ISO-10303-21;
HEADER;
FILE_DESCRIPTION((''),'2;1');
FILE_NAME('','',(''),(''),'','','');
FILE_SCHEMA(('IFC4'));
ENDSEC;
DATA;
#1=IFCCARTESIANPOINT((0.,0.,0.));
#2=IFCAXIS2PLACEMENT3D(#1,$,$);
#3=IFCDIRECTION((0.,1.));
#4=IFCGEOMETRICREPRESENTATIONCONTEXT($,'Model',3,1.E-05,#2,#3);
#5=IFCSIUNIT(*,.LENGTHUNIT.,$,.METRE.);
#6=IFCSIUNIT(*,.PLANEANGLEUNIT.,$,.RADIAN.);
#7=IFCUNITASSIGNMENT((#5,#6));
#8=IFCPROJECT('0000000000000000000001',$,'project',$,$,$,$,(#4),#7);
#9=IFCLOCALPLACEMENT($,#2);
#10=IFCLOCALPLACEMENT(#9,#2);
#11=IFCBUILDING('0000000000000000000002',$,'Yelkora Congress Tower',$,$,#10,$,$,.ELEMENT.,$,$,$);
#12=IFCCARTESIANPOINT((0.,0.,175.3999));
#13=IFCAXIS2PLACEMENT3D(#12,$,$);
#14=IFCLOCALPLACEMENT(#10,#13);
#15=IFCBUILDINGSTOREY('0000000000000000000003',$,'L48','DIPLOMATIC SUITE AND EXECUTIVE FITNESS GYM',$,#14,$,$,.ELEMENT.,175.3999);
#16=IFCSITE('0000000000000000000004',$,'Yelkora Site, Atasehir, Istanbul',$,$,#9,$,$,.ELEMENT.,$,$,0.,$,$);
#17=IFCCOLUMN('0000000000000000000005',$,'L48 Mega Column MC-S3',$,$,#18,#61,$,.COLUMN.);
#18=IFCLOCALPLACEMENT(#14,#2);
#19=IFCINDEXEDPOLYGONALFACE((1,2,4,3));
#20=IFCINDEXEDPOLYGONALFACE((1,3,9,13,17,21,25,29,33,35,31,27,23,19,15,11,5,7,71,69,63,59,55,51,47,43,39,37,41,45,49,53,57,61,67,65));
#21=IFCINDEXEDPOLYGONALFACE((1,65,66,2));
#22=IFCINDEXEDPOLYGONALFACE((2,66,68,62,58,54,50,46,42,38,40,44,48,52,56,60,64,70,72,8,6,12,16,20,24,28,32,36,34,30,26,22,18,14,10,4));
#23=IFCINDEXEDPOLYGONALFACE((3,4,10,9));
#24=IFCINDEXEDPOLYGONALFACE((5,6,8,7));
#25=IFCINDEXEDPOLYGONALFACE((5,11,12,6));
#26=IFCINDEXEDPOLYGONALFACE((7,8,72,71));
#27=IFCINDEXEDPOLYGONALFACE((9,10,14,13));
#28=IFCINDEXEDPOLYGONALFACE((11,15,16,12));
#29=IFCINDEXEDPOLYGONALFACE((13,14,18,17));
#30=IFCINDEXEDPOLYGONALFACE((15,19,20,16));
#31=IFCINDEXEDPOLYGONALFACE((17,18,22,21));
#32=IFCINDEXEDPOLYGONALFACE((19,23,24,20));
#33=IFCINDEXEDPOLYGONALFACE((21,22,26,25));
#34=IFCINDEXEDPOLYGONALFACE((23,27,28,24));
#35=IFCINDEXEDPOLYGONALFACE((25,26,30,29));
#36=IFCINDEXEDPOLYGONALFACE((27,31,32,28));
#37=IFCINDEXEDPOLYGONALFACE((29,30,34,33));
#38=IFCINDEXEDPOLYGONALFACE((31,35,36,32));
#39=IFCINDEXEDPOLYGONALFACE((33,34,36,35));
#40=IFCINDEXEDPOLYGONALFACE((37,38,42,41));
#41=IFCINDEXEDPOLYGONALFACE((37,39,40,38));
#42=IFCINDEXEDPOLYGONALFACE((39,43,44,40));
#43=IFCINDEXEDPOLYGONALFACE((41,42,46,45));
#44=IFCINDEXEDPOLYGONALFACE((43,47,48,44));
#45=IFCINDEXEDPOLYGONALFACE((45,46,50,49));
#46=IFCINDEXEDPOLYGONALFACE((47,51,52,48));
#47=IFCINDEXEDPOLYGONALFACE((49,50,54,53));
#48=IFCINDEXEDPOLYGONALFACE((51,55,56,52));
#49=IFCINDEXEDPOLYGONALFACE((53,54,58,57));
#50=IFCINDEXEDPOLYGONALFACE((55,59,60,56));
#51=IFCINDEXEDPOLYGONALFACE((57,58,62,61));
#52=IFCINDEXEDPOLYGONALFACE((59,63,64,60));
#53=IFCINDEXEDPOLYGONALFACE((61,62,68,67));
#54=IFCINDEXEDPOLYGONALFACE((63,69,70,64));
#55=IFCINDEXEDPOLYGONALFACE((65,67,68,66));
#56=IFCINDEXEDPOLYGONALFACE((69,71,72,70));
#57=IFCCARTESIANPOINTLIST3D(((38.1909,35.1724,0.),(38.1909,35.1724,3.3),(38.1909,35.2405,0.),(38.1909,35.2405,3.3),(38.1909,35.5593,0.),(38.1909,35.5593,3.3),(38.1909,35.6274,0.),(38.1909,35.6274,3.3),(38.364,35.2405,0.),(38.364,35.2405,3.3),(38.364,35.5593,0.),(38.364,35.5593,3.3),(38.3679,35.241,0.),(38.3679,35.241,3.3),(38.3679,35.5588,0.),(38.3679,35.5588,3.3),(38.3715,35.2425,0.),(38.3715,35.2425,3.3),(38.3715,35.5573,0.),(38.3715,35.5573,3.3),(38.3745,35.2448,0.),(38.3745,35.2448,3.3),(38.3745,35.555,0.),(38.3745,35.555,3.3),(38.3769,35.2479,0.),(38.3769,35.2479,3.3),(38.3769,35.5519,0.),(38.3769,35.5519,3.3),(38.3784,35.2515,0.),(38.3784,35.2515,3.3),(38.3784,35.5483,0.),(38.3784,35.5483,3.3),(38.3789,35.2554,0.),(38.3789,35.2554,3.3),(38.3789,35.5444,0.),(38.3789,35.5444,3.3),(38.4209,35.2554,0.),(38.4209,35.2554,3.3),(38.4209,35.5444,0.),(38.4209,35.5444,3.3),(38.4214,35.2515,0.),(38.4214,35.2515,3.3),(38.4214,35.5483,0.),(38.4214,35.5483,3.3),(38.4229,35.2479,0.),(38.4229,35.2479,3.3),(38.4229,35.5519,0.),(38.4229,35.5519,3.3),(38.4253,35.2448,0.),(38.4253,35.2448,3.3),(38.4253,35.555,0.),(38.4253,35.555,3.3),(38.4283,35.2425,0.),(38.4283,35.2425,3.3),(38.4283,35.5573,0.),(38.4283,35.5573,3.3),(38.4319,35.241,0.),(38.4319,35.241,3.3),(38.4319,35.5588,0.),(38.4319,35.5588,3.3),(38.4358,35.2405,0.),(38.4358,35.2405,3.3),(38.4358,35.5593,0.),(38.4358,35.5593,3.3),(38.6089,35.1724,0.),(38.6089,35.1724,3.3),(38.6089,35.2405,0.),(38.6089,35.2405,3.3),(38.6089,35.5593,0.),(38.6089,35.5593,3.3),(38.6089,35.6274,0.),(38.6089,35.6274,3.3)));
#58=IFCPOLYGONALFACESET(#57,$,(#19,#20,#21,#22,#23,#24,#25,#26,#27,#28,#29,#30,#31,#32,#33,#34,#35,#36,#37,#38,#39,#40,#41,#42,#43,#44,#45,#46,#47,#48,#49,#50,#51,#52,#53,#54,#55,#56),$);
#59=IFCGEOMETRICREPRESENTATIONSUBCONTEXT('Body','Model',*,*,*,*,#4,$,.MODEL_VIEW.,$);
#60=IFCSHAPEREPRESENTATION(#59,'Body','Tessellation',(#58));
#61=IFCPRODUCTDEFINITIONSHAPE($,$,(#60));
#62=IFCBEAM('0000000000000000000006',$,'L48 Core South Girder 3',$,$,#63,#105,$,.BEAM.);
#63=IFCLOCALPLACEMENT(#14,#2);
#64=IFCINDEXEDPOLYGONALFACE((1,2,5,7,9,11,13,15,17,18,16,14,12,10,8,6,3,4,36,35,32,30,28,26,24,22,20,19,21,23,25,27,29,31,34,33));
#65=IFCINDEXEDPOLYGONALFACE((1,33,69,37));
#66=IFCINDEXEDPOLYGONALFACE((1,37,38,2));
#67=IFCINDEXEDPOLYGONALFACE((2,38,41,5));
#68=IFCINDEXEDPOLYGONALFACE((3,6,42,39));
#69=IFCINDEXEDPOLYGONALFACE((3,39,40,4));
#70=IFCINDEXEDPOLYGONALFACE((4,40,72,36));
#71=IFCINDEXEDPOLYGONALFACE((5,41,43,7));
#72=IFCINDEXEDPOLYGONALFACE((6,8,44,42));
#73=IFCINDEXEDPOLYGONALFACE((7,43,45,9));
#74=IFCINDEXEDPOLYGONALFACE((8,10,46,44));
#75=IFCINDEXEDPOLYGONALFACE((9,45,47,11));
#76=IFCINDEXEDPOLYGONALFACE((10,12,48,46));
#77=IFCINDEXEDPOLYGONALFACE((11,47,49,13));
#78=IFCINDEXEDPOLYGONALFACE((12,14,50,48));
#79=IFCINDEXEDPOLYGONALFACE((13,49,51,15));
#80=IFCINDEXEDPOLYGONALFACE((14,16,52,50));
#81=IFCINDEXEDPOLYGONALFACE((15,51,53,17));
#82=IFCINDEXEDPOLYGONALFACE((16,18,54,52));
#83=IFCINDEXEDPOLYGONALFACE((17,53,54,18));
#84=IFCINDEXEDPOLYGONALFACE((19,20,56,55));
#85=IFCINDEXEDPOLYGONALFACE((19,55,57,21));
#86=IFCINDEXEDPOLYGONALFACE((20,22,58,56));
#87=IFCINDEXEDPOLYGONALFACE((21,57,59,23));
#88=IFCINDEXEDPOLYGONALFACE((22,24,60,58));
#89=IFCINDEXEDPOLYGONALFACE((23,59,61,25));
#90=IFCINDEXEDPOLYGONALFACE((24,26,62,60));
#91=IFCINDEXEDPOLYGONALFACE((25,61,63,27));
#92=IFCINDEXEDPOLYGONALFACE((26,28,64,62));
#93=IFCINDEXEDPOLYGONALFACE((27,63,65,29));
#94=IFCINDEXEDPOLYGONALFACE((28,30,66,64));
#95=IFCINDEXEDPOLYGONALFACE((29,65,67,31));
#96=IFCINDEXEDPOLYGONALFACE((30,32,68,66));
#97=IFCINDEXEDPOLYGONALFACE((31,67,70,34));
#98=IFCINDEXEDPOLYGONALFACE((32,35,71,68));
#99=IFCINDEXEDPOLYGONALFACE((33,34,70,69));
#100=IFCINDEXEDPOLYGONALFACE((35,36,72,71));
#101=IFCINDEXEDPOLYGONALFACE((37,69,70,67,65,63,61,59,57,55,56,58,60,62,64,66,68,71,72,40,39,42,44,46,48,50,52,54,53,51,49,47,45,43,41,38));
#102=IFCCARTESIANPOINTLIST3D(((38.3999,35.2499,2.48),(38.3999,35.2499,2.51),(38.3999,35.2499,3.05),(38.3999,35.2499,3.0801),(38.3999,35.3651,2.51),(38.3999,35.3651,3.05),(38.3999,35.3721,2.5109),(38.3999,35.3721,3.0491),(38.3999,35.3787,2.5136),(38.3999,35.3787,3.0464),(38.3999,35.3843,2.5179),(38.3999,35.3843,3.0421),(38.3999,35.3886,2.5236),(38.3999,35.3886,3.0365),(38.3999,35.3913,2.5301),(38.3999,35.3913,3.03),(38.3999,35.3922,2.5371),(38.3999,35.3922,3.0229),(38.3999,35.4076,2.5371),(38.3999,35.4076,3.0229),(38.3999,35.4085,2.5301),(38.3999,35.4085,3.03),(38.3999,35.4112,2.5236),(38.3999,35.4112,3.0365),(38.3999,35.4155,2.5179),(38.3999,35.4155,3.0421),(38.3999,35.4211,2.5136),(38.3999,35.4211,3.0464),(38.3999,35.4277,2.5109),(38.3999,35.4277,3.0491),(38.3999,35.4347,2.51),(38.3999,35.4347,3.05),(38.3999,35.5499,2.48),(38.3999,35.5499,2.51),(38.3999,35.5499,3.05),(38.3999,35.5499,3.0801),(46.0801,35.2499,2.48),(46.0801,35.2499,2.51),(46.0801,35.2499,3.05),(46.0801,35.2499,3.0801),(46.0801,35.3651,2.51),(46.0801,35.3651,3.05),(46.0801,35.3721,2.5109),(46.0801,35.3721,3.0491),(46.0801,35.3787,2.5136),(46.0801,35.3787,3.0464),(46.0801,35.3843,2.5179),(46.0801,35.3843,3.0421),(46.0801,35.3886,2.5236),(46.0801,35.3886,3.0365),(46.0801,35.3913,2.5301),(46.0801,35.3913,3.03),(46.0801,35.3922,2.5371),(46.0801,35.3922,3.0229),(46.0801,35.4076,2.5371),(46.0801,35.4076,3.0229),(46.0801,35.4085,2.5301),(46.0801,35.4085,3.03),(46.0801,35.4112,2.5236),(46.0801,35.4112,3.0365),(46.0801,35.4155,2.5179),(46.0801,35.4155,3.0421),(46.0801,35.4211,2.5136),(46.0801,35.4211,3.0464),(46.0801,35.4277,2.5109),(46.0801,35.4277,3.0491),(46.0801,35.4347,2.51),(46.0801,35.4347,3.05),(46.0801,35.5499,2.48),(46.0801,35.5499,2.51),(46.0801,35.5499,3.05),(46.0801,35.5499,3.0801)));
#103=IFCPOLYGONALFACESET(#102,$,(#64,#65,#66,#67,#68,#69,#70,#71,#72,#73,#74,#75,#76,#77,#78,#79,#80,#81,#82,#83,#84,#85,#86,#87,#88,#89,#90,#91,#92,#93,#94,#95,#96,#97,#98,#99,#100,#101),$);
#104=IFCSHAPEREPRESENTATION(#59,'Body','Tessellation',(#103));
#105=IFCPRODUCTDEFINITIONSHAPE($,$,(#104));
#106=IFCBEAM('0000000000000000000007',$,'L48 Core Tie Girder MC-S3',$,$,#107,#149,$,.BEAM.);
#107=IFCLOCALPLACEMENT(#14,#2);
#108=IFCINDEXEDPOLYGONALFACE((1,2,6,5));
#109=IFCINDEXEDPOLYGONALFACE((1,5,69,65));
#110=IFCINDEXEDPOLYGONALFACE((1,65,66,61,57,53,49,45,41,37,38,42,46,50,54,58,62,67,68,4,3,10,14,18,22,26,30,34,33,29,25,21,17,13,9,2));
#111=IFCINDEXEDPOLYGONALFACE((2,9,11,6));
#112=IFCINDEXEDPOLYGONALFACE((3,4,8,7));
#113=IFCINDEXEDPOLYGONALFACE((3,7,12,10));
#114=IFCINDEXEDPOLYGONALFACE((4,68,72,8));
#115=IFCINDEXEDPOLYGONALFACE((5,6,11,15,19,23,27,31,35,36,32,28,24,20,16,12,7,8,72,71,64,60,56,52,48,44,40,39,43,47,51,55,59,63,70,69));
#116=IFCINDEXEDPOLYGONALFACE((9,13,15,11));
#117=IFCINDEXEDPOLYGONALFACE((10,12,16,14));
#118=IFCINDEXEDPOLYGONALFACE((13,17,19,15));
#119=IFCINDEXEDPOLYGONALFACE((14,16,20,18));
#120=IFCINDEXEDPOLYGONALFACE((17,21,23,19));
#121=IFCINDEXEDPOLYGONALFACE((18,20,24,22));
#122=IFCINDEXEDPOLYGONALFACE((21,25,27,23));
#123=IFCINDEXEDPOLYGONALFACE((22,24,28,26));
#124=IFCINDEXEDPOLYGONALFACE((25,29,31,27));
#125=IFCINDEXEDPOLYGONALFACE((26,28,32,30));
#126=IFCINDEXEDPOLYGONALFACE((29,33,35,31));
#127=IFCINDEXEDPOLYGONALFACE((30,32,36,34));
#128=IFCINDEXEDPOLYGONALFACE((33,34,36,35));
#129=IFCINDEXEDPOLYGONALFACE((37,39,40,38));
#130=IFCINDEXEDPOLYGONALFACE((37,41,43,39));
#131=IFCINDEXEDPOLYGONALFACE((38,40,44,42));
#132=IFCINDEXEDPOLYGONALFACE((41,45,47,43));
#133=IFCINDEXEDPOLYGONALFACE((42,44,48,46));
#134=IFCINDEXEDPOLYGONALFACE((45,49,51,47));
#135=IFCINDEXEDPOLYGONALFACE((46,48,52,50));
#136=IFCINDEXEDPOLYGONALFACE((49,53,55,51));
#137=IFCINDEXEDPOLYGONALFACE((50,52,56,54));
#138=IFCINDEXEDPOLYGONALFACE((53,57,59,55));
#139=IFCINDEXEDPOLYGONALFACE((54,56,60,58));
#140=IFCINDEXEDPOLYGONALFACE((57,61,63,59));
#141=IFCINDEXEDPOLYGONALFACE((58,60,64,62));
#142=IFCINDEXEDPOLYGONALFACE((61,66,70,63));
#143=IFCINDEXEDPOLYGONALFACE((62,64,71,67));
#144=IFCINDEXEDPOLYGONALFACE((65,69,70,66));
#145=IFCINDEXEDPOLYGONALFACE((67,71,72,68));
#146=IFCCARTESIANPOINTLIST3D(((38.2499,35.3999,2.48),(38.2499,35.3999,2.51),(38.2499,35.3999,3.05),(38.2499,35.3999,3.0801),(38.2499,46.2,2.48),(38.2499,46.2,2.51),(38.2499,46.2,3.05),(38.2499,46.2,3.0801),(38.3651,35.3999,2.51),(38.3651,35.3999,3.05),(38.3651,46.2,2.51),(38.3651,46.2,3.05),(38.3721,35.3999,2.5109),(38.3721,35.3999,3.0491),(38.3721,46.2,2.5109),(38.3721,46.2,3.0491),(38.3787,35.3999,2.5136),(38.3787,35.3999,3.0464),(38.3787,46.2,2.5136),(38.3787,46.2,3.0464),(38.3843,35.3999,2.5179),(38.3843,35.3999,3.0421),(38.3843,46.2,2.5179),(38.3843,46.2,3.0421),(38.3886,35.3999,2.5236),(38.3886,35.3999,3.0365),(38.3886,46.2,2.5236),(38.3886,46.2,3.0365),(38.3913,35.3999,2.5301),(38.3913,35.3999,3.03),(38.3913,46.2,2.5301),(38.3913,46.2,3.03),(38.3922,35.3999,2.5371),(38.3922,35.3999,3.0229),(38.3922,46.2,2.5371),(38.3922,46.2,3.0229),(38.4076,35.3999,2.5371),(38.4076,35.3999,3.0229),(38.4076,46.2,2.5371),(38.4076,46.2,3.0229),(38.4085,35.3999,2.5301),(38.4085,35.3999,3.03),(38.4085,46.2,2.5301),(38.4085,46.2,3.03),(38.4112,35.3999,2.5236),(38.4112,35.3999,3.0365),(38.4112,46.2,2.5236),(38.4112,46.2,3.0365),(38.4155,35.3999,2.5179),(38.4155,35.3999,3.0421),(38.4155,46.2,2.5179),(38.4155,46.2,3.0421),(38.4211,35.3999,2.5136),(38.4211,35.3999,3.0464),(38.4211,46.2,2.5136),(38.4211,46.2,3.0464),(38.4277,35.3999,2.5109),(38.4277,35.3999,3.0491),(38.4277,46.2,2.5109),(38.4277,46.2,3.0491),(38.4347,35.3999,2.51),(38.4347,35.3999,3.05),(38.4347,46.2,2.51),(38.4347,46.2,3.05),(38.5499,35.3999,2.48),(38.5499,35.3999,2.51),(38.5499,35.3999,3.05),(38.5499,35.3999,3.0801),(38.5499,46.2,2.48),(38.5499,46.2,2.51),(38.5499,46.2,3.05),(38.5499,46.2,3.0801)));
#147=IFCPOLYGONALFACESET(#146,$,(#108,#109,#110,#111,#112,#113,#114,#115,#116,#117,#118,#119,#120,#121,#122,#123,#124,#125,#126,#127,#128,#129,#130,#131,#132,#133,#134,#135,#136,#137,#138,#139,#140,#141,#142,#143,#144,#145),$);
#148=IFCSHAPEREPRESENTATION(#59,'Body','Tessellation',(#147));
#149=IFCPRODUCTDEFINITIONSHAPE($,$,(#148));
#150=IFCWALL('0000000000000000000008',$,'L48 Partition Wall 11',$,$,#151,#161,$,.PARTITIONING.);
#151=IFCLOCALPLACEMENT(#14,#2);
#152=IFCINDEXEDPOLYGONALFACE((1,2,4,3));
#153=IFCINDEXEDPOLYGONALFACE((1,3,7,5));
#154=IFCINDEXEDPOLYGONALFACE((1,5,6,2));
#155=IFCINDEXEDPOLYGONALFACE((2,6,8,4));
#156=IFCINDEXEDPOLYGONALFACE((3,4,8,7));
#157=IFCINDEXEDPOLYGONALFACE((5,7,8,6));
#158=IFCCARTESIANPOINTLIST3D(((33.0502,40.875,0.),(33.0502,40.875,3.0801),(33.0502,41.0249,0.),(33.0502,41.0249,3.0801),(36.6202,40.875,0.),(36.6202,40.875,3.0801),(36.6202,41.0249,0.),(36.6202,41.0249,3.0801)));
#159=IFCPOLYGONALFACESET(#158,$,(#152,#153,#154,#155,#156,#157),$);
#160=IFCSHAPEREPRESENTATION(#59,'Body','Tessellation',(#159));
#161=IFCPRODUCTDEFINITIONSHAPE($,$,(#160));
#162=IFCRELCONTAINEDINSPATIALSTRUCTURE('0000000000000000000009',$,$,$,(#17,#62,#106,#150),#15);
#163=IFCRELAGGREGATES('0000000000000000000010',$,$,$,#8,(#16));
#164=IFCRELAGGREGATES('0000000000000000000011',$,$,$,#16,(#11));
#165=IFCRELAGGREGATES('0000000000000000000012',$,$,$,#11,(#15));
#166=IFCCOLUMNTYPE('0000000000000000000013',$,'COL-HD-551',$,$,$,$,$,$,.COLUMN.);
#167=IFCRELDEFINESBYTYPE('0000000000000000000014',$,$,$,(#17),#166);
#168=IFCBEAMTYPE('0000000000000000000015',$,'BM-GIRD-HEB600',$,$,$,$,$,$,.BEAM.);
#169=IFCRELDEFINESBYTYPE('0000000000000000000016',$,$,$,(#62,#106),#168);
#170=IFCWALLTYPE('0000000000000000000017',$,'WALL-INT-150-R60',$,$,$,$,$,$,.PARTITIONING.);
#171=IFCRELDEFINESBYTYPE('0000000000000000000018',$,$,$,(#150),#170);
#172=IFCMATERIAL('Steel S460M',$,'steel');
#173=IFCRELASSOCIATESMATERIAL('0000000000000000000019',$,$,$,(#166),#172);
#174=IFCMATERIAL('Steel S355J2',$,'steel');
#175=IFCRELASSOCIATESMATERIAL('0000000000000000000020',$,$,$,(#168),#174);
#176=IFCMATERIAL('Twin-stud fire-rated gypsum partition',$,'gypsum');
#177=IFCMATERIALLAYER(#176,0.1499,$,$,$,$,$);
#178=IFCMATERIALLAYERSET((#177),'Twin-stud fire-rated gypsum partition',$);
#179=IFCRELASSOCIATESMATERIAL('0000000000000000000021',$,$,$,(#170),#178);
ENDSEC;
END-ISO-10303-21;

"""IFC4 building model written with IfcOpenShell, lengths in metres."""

from ifc_helpers import new_model, si_unit, direction, frame, frame_2d, origin, origin_2d, place, context, subcontext, project, spatial, rectangle, i_section, extrude, material, layer, layer_set, material_profile, profile_set, type_object, element, save


model = new_model("IFC4")

# Units and contexts
model_context = context("Model", 3, precision=1e-05, world=origin(), true_north=direction((0.0, 1.0)))
body_context = subcontext(model_context, "Body", "Model", "MODEL_VIEW")
ifc_project = project(units=[si_unit("LENGTHUNIT", "METRE"), si_unit("PLANEANGLEUNIT", "RADIAN")], contexts=[model_context])

# Site, building, storey
site_placement = place(None, origin())
site = spatial("IfcSite", under=ifc_project, at=site_placement, Name="Yelkora Site, Atasehir, Istanbul", CompositionType="ELEMENT", RefElevation=0.0)
building_placement = place(site_placement, origin())
building = spatial("IfcBuilding", under=site, at=building_placement, Name="Yelkora Congress Tower", CompositionType="ELEMENT")
storey_placement = place(building_placement, frame((0.0, 0.0, 175.3999)))
storey = spatial("IfcBuildingStorey", under=building, at=storey_placement, Name="L48", Description="DIPLOMATIC SUITE AND EXECUTIVE FITNESS GYM", CompositionType="ELEMENT", Elevation=175.3999)

# Column
ifc_material_1 = material(Name="Steel S460M", Category="steel")
ifc_material_profile_1 = material_profile(ifc_material_1, i_section(OverallWidth=0.418, OverallDepth=0.4551, WebThickness=0.042, FlangeThickness=0.0681, FilletRadius=0.0149, at=origin_2d()), Name="HD 400x551")
ifc_profile_set_1 = profile_set([ifc_material_profile_1], Name="Steel S460M")
column_type = type_object("IfcColumnType", Name="COL-HD-551", PredefinedType="COLUMN", material=ifc_profile_set_1)
column_placement = place(storey_placement, frame((38.3999, 35.3999, 0.0), z_axis=(0.0, 0.0, 1.0), x_axis=(1.0, 0.0, 0.0)))
element("IfcColumn", 1, at=column_placement, inside=storey, type_object=column_type, Name="L48 Mega Column MC-S3", PredefinedType="COLUMN", context=body_context, shape_type="SweptSolid", body=[
    extrude(i_section(OverallWidth=0.418, OverallDepth=0.4551, WebThickness=0.042, FlangeThickness=0.0681, FilletRadius=0.0149, at=origin_2d()), origin(), (0.0, 0.0, 1.0), 3.3),
])

# Beams
ifc_material_2 = material(Name="Steel S355J2", Category="steel")
ifc_material_profile_2 = material_profile(ifc_material_2, i_section(OverallWidth=0.3, OverallDepth=0.6001, WebThickness=0.0154, FlangeThickness=0.03, FilletRadius=0.0271, at=origin_2d()), Name="HEB 600")
ifc_profile_set_2 = profile_set([ifc_material_profile_2], Name="Steel S355J2")
beam_type = type_object("IfcBeamType", Name="BM-GIRD-HEB600", PredefinedType="BEAM", material=ifc_profile_set_2)
beam_1_placement = place(storey_placement, frame((38.3999, 35.3999, 2.78), z_axis=(1.0, 0.0, 0.0), x_axis=(0.0, 1.0, 0.0)))
element("IfcBeam", 2, at=beam_1_placement, inside=storey, type_object=beam_type, Name="L48 Core South Girder 3", PredefinedType="BEAM", context=body_context, shape_type="SweptSolid", body=[
    extrude(i_section(OverallWidth=0.3, OverallDepth=0.6001, WebThickness=0.0154, FlangeThickness=0.03, FilletRadius=0.0271, at=origin_2d()), origin(), (0.0, 0.0, 1.0), 7.6802),
])
beam_2_placement = place(storey_placement, frame((38.3999, 35.3999, 2.78), z_axis=(0.0, 1.0, 0.0), x_axis=(-1.0, 0.0, 0.0)))
element("IfcBeam", 3, at=beam_2_placement, inside=storey, type_object=beam_type, Name="L48 Core Tie Girder MC-S3", PredefinedType="BEAM", context=body_context, shape_type="SweptSolid", body=[
    extrude(i_section(OverallWidth=0.3, OverallDepth=0.6001, WebThickness=0.0154, FlangeThickness=0.03, FilletRadius=0.0271, at=origin_2d()), origin(), (0.0, 0.0, 1.0), 10.8),
])

# Wall
ifc_material_3 = material(Name="Twin-stud fire-rated gypsum partition", Category="gypsum")
ifc_layer_1 = layer(ifc_material_3, 0.1499)
ifc_layer_set_1 = layer_set([ifc_layer_1], Name="Twin-stud fire-rated gypsum partition")
wall_type_1 = type_object("IfcWallType", Name="WALL-INT-150-R60", PredefinedType="PARTITIONING", material=ifc_layer_set_1)
wall_1_placement = place(storey_placement, frame((33.05, 40.95, 0.0), z_axis=(0.0, 0.0, 1.0), x_axis=(1.0, 0.0, 0.0)))
element("IfcWall", 4, at=wall_1_placement, inside=storey, type_object=wall_type_1, Name="L48 Partition Wall 11", PredefinedType="PARTITIONING", context=body_context, shape_type="SweptSolid", body=[
    extrude(rectangle(XDim=3.5701, YDim=0.1499, at=frame_2d((1.7852, 0.0))), origin(), (0.0, 0.0, 1.0), 3.0801),
])

save(model, "model.ifc")
